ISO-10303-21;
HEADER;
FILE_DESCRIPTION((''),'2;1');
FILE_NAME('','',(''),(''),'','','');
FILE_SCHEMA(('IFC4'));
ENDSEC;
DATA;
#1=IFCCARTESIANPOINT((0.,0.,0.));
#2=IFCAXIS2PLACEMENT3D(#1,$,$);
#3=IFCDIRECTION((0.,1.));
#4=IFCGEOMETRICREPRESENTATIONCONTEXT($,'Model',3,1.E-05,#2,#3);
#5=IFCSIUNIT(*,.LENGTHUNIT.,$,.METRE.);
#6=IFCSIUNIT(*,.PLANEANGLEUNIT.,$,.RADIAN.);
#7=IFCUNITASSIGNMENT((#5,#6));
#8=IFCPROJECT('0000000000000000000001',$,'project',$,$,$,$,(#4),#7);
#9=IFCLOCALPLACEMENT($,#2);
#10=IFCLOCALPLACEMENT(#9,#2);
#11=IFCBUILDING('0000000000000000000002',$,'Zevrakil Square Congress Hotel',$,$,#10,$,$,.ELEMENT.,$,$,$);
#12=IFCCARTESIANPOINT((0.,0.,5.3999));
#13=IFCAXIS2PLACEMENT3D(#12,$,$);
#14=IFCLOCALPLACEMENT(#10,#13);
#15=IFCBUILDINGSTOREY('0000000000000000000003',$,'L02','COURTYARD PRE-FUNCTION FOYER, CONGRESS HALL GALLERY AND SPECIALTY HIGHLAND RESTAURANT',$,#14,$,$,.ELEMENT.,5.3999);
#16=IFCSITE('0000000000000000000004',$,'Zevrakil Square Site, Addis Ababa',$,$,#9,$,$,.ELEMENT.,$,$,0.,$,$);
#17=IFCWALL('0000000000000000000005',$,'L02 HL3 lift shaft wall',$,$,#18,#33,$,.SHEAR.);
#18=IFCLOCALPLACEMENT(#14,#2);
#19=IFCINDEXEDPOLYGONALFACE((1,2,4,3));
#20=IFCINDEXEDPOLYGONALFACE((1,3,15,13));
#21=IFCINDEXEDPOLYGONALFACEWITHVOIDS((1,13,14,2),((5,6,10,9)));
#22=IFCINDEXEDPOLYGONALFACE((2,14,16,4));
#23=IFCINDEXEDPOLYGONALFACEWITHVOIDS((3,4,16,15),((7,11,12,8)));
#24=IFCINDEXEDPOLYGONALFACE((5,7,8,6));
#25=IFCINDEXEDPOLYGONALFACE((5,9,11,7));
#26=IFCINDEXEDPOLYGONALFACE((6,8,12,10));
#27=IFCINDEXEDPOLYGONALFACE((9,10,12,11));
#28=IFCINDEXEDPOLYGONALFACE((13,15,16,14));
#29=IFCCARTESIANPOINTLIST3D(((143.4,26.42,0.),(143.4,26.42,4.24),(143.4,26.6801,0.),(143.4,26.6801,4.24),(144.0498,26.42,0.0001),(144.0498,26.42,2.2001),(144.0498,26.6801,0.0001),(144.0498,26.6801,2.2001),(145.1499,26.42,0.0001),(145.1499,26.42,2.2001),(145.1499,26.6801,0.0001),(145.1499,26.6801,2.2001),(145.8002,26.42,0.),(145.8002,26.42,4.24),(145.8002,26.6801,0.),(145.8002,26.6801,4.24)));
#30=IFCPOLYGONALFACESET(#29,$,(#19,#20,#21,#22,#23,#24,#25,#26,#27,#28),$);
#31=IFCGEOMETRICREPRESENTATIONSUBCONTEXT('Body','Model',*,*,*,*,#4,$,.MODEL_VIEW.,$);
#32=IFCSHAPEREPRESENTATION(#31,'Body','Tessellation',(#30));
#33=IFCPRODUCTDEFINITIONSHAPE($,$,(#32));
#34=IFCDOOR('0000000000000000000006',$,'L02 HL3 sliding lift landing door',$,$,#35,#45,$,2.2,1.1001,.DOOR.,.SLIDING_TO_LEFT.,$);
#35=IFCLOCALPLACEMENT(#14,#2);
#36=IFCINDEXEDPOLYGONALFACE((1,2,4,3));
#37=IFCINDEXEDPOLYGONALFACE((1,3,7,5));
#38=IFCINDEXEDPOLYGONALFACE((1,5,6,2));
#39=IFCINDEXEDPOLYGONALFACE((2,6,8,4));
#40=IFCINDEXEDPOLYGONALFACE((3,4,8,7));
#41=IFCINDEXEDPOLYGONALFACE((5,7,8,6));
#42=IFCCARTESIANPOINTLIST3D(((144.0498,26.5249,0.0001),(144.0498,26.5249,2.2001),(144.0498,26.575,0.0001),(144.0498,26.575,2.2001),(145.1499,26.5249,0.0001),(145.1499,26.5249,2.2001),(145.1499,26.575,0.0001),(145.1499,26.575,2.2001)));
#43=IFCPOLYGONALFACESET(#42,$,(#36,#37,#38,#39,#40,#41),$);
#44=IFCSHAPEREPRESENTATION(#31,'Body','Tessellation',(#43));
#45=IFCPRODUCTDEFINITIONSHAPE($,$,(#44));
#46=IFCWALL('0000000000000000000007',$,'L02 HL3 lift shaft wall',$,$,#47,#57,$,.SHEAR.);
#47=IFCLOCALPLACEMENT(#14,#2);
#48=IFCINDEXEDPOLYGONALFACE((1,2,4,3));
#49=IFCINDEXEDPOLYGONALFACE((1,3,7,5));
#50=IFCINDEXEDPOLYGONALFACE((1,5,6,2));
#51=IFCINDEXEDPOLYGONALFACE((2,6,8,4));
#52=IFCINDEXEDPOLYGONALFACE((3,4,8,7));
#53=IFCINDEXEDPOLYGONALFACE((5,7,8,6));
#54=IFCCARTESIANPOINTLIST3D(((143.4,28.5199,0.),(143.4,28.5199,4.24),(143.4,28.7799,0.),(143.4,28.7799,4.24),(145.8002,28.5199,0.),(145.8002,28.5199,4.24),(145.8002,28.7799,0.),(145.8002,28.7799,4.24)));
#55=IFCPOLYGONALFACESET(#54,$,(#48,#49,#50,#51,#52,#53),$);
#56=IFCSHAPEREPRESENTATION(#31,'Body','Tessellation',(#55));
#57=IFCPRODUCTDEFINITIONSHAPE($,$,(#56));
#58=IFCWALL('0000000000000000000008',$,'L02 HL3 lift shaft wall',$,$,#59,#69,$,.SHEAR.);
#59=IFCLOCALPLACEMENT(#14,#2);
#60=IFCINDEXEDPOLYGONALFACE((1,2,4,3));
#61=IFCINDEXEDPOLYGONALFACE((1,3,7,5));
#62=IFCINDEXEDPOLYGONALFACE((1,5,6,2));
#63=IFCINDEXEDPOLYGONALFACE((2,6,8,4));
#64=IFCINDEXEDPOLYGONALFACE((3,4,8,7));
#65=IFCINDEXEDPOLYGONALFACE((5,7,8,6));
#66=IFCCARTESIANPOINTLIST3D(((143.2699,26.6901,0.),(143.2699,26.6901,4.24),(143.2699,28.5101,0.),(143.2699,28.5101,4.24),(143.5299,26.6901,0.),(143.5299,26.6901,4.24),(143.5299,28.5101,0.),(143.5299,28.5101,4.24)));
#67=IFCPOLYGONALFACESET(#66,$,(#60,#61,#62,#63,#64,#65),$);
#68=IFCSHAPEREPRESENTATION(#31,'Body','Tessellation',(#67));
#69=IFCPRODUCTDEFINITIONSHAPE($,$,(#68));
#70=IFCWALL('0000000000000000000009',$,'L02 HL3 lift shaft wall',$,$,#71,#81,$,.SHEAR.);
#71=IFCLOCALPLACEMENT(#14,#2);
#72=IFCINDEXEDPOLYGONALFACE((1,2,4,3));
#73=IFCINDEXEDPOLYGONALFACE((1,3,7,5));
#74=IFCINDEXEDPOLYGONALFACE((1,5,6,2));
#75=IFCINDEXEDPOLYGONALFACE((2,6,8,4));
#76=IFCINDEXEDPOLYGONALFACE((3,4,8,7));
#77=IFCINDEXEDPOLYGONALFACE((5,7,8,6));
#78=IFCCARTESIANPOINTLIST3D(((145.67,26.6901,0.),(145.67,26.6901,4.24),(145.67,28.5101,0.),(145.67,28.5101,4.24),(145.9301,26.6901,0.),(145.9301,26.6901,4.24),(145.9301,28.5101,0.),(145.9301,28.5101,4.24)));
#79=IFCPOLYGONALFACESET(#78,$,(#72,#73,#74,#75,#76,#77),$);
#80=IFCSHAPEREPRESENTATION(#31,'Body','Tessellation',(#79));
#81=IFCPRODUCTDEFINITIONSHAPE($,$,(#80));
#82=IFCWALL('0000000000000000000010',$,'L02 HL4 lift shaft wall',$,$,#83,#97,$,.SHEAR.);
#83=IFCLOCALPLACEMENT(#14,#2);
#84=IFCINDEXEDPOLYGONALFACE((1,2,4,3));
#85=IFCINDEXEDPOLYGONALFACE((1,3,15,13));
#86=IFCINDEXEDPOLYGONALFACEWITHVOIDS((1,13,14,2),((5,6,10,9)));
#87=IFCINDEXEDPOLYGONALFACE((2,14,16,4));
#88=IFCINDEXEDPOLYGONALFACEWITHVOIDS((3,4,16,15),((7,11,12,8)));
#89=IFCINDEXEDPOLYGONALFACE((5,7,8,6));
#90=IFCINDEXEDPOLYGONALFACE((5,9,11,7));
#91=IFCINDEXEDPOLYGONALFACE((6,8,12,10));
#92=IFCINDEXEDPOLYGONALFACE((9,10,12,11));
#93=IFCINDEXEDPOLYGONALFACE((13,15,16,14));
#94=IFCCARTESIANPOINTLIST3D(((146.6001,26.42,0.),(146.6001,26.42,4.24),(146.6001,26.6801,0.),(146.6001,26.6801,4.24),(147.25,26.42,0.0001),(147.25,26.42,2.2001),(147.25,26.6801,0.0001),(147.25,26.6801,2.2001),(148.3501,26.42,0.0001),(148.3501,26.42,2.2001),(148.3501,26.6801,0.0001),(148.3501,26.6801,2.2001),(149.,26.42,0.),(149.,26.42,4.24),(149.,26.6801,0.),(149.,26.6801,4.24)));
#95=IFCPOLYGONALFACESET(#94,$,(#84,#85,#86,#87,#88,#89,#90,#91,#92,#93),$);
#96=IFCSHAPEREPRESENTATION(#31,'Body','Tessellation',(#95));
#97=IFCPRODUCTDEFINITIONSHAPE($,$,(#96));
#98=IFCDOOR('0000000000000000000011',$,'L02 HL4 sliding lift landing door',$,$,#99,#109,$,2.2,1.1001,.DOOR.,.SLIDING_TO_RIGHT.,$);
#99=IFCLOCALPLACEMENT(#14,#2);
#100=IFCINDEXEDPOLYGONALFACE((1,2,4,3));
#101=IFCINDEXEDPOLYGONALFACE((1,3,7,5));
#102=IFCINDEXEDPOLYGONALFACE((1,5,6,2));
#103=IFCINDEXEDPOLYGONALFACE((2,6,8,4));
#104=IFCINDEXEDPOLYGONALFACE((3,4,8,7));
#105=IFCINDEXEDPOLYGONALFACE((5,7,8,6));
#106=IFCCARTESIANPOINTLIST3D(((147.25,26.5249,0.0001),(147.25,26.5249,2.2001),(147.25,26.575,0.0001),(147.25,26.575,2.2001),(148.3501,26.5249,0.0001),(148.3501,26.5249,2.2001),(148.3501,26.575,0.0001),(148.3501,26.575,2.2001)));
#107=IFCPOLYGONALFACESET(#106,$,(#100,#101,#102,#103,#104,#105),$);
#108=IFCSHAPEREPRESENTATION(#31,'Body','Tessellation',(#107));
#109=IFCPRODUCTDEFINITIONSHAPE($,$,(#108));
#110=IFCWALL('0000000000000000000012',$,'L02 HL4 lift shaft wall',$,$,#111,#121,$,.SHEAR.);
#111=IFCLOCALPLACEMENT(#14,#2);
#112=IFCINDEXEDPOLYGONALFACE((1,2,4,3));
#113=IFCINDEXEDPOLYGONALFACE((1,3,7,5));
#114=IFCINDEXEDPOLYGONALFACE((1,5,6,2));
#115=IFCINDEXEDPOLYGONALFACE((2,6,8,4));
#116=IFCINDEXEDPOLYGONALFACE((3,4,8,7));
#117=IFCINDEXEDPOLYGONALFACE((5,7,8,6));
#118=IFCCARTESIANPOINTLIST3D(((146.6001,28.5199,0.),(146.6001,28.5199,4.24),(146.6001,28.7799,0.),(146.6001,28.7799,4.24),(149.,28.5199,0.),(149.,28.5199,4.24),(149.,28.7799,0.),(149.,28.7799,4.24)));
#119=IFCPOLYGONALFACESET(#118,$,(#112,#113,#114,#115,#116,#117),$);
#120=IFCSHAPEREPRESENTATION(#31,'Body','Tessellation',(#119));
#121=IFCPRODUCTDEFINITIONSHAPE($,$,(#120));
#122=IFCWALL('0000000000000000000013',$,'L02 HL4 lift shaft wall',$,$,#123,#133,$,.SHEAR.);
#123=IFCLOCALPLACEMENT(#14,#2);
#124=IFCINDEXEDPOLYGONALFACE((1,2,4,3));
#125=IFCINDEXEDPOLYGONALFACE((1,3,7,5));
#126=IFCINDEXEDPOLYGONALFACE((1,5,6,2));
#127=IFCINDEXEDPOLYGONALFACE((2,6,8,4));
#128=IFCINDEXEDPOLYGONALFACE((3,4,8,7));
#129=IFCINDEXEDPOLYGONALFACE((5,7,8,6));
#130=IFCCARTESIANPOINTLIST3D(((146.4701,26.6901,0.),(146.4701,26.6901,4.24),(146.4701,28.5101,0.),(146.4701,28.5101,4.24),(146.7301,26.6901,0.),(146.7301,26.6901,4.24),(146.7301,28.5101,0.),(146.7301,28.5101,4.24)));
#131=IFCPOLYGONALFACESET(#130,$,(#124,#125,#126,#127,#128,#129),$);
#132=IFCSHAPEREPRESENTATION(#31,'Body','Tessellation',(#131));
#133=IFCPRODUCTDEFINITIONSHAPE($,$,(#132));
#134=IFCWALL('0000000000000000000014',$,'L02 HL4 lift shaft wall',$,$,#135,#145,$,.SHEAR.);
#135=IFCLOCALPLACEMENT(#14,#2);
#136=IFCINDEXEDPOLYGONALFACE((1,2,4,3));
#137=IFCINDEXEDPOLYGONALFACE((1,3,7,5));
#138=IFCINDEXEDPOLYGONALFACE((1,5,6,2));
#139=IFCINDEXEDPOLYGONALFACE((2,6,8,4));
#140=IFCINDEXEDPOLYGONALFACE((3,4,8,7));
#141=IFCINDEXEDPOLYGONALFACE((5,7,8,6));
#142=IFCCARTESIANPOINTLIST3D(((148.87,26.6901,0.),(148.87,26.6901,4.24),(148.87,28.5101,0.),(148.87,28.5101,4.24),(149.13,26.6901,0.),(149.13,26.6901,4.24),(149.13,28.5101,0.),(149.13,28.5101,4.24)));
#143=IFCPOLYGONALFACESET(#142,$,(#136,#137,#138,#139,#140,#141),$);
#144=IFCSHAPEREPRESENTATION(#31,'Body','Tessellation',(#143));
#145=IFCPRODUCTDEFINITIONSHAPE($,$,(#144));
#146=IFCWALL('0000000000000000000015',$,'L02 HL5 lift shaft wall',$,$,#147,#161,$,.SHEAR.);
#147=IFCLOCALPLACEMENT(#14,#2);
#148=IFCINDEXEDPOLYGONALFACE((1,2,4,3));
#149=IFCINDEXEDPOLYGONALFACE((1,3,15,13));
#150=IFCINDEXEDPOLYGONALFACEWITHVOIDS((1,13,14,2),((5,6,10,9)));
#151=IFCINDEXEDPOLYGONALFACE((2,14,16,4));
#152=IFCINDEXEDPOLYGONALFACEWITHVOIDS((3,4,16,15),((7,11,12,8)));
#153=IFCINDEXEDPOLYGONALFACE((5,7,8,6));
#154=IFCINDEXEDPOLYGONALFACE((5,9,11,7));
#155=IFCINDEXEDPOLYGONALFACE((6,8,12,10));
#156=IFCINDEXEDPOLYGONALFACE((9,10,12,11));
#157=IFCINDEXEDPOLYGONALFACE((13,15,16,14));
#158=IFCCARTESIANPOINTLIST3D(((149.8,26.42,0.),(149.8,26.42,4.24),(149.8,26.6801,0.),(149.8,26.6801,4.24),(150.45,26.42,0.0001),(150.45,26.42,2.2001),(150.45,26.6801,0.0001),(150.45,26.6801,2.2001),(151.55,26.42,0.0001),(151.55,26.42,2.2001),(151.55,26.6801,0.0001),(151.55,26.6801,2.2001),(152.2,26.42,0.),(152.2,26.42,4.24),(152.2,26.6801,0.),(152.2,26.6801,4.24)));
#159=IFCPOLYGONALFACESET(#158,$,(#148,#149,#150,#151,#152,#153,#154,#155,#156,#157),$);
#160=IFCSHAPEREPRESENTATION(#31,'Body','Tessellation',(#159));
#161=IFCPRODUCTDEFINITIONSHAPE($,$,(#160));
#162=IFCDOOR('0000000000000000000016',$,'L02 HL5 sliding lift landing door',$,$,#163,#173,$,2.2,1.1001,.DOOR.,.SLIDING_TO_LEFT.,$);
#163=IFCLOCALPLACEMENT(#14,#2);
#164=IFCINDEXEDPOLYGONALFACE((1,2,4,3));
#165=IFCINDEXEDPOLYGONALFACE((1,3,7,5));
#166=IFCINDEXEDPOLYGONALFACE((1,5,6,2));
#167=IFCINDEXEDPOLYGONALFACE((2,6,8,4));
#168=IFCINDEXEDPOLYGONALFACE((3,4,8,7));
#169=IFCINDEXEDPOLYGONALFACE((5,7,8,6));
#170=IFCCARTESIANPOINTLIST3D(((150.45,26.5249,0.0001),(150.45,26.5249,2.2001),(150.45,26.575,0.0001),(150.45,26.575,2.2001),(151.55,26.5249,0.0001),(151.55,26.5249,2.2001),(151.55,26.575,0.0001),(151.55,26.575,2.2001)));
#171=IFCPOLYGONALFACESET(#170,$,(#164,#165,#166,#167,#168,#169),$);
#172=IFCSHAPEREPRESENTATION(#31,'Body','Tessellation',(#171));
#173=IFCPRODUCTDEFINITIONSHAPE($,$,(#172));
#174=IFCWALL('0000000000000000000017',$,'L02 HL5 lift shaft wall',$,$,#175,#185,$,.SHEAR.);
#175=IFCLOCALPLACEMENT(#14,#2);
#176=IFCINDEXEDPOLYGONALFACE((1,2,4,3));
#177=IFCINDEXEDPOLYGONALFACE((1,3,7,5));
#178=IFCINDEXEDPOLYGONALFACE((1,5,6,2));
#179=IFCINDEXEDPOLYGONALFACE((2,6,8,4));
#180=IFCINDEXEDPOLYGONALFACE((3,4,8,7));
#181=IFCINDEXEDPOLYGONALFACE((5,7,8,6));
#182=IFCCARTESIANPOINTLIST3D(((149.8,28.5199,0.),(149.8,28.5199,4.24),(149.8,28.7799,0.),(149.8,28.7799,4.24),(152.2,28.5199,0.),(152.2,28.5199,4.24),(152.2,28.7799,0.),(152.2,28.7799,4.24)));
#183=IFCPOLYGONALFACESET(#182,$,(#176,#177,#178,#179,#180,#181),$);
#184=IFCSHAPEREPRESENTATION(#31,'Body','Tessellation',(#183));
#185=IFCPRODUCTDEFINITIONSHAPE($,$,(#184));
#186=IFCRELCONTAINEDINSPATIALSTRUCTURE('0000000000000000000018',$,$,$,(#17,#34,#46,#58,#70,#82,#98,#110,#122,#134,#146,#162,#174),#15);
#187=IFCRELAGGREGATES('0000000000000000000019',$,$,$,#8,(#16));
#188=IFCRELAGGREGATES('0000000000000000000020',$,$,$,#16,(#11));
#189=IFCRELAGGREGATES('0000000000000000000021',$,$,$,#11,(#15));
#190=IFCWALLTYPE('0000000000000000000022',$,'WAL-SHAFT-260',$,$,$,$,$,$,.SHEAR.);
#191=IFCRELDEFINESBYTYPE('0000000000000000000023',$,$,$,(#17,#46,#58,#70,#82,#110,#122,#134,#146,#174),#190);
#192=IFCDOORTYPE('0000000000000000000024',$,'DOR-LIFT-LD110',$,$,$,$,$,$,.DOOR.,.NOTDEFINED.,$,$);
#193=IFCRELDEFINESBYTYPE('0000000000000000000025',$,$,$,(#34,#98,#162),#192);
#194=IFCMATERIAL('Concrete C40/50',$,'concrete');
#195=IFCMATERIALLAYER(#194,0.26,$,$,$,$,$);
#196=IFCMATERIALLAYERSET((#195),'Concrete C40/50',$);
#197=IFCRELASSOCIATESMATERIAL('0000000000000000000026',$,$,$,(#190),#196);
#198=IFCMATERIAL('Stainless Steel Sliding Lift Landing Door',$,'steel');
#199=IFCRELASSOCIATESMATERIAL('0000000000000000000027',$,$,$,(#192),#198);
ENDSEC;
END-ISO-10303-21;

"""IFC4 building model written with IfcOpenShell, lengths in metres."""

from ifc_helpers import new_model, si_unit, direction, frame, frame_2d, origin, place, context, subcontext, project, spatial, rectangle, extrude, material, layer, layer_set, type_object, element, fill, save


model = new_model("IFC4")

# Units and contexts
model_context = context("Model", 3, precision=1e-05, world=origin(), true_north=direction((0.0, 1.0)))
body_context = subcontext(model_context, "Body", "Model", "MODEL_VIEW")
ifc_project = project(units=[si_unit("LENGTHUNIT", "METRE"), si_unit("PLANEANGLEUNIT", "RADIAN")], contexts=[model_context])

# Site, building, storey
site_placement = place(None, origin())
site = spatial("IfcSite", under=ifc_project, at=site_placement, Name="Zevrakil Square Site, Addis Ababa", CompositionType="ELEMENT", RefElevation=0.0)
building_placement = place(site_placement, origin())
building = spatial("IfcBuilding", under=site, at=building_placement, Name="Zevrakil Square Congress Hotel", CompositionType="ELEMENT")
storey_placement = place(building_placement, frame((0.0, 0.0, 5.3999)))
storey = spatial("IfcBuildingStorey", under=building, at=storey_placement, Name="L02", Description="COURTYARD PRE-FUNCTION FOYER, CONGRESS HALL GALLERY AND SPECIALTY HIGHLAND RESTAURANT", CompositionType="ELEMENT", Elevation=5.3999)

# Shared definitions
ifc_material_1 = material(Name="Concrete C40/50", Category="concrete")
ifc_layer = layer(ifc_material_1, 0.26)
ifc_layer_set = layer_set([ifc_layer], Name="Concrete C40/50")
wall_type = type_object("IfcWallType", Name="WAL-SHAFT-260", PredefinedType="SHEAR", material=ifc_layer_set)

# Wall, opening, door
wall_1_placement = place(storey_placement, frame((143.3999, 26.55, 0.0), z_axis=(0.0, 0.0, 1.0), x_axis=(1.0, 0.0, 0.0)))
wall_1 = element("IfcWall", 1, at=wall_1_placement, inside=storey, type_object=wall_type, Name="L02 HL3 lift shaft wall", PredefinedType="SHEAR", context=body_context, shape_type="SweptSolid", body=[
    extrude(rectangle(XDim=2.4001, YDim=0.26, at=frame_2d((1.2002, 0.0))), origin(), (0.0, 0.0, 1.0), 4.24),
])
opening_1_placement = place(wall_1_placement, frame((0.6499, 0.0, 0.0)))
opening_1 = element("IfcOpeningElement", 2, at=opening_1_placement, cuts=wall_1, PredefinedType="OPENING", context=body_context, shape_type="SweptSolid", body=[
    extrude(rectangle(XDim=1.1001, YDim=2.2, at=frame_2d((0.55, 1.1001))), frame((0.0, 0.1401, 0.0), z_axis=(0.0, -1.0, 0.0), x_axis=(1.0, 0.0, 0.0)), (0.0, 0.0, 1.0), 0.28),
])
ifc_material_2 = material(Name="Stainless Steel Sliding Lift Landing Door", Category="steel")
door_type_1 = type_object("IfcDoorType", Name="DOR-LIFT-LD110", OperationType="NOTDEFINED", PredefinedType="DOOR", material=ifc_material_2)
door_1_placement = place(opening_1_placement, origin())
door_1 = element("IfcDoor", 3, at=door_1_placement, inside=storey, type_object=door_type_1, Name="L02 HL3 sliding lift landing door", OperationType="SLIDING_TO_LEFT", OverallHeight=2.2, OverallWidth=1.1001, PredefinedType="DOOR", context=body_context, shape_type="SweptSolid", body=[
    extrude(rectangle(XDim=1.1001, YDim=2.2, at=frame_2d((0.55, 1.1001))), frame((0.0, 0.0249, 0.0), z_axis=(0.0, -1.0, 0.0), x_axis=(1.0, 0.0, 0.0)), (0.0, 0.0, 1.0), 0.05),
])
fill(opening_1, door_1)

# Walls
wall_2_placement = place(storey_placement, frame((143.3999, 28.6499, 0.0), z_axis=(0.0, 0.0, 1.0), x_axis=(1.0, 0.0, 0.0)))
element("IfcWall", 4, at=wall_2_placement, inside=storey, type_object=wall_type, Name="L02 HL3 lift shaft wall", PredefinedType="SHEAR", context=body_context, shape_type="SweptSolid", body=[
    extrude(rectangle(XDim=2.4001, YDim=0.26, at=frame_2d((1.2002, 0.0))), origin(), (0.0, 0.0, 1.0), 4.24),
])
for number, where, z_axis, x_axis, name in (
    (5, (143.3999, 26.6899, 0.0), (0.0, 0.0, 1.0), (0.0, 1.0, 0.0), "L02 HL3 lift shaft wall"),
    (6, (145.8, 26.6899, 0.0), (0.0, 0.0, 1.0), (0.0, 1.0, 0.0), "L02 HL3 lift shaft wall"),
):
    element("IfcWall", number, at=place(storey_placement, frame(where, z_axis=z_axis, x_axis=x_axis)), inside=storey, type_object=wall_type, Name=name, PredefinedType="SHEAR", context=body_context, shape_type="SweptSolid", body=[
        extrude(rectangle(XDim=1.8201, YDim=0.26, at=frame_2d((0.9102, 0.0))), origin(), (0.0, 0.0, 1.0), 4.24),
    ])

# Wall, opening, door
wall_3_placement = place(storey_placement, frame((146.6001, 26.55, 0.0), z_axis=(0.0, 0.0, 1.0), x_axis=(1.0, 0.0, 0.0)))
wall_3 = element("IfcWall", 7, at=wall_3_placement, inside=storey, type_object=wall_type, Name="L02 HL4 lift shaft wall", PredefinedType="SHEAR", context=body_context, shape_type="SweptSolid", body=[
    extrude(rectangle(XDim=2.3999, YDim=0.26, at=frame_2d((1.2, 0.0))), origin(), (0.0, 0.0, 1.0), 4.24),
])
opening_2_placement = place(wall_3_placement, frame((0.6499, 0.0, 0.0)))
opening_2 = element("IfcOpeningElement", 8, at=opening_2_placement, cuts=wall_3, PredefinedType="OPENING", context=body_context, shape_type="SweptSolid", body=[
    extrude(rectangle(XDim=1.1001, YDim=2.2, at=frame_2d((0.55, 1.1001))), frame((0.0, 0.1401, 0.0), z_axis=(0.0, -1.0, 0.0), x_axis=(1.0, 0.0, 0.0)), (0.0, 0.0, 1.0), 0.28),
])
door_2_placement = place(opening_2_placement, origin())
door_2 = element("IfcDoor", 9, at=door_2_placement, inside=storey, type_object=door_type_1, Name="L02 HL4 sliding lift landing door", OperationType="SLIDING_TO_RIGHT", OverallHeight=2.2, OverallWidth=1.1001, PredefinedType="DOOR", context=body_context, shape_type="SweptSolid", body=[
    extrude(rectangle(XDim=1.1001, YDim=2.2, at=frame_2d((0.55, 1.1001))), frame((0.0, 0.0249, 0.0), z_axis=(0.0, -1.0, 0.0), x_axis=(1.0, 0.0, 0.0)), (0.0, 0.0, 1.0), 0.05),
])
fill(opening_2, door_2)

# Walls
wall_4_placement = place(storey_placement, frame((146.6001, 28.6499, 0.0), z_axis=(0.0, 0.0, 1.0), x_axis=(1.0, 0.0, 0.0)))
element("IfcWall", 10, at=wall_4_placement, inside=storey, type_object=wall_type, Name="L02 HL4 lift shaft wall", PredefinedType="SHEAR", context=body_context, shape_type="SweptSolid", body=[
    extrude(rectangle(XDim=2.3999, YDim=0.26, at=frame_2d((1.2, 0.0))), origin(), (0.0, 0.0, 1.0), 4.24),
])
for number, where, z_axis, x_axis, name in (
    (11, (146.6001, 26.6899, 0.0), (0.0, 0.0, 1.0), (0.0, 1.0, 0.0), "L02 HL4 lift shaft wall"),
    (12, (149.0, 26.6899, 0.0), (0.0, 0.0, 1.0), (0.0, 1.0, 0.0), "L02 HL4 lift shaft wall"),
):
    element("IfcWall", number, at=place(storey_placement, frame(where, z_axis=z_axis, x_axis=x_axis)), inside=storey, type_object=wall_type, Name=name, PredefinedType="SHEAR", context=body_context, shape_type="SweptSolid", body=[
        extrude(rectangle(XDim=1.8201, YDim=0.26, at=frame_2d((0.9102, 0.0))), origin(), (0.0, 0.0, 1.0), 4.24),
    ])

# Wall, opening, door
wall_5_placement = place(storey_placement, frame((149.8, 26.55, 0.0), z_axis=(0.0, 0.0, 1.0), x_axis=(1.0, 0.0, 0.0)))
wall_5 = element("IfcWall", 13, at=wall_5_placement, inside=storey, type_object=wall_type, Name="L02 HL5 lift shaft wall", PredefinedType="SHEAR", context=body_context, shape_type="SweptSolid", body=[
    extrude(rectangle(XDim=2.3999, YDim=0.26, at=frame_2d((1.2, 0.0))), origin(), (0.0, 0.0, 1.0), 4.24),
])
opening_3_placement = place(wall_5_placement, frame((0.6499, 0.0, 0.0)))
opening_3 = element("IfcOpeningElement", 14, at=opening_3_placement, cuts=wall_5, PredefinedType="OPENING", context=body_context, shape_type="SweptSolid", body=[
    extrude(rectangle(XDim=1.1001, YDim=2.2, at=frame_2d((0.55, 1.1001))), frame((0.0, 0.1401, 0.0), z_axis=(0.0, -1.0, 0.0), x_axis=(1.0, 0.0, 0.0)), (0.0, 0.0, 1.0), 0.28),
])
door_3_placement = place(opening_3_placement, origin())
door_3 = element("IfcDoor", 15, at=door_3_placement, inside=storey, type_object=door_type_1, Name="L02 HL5 sliding lift landing door", OperationType="SLIDING_TO_LEFT", OverallHeight=2.2, OverallWidth=1.1001, PredefinedType="DOOR", context=body_context, shape_type="SweptSolid", body=[
    extrude(rectangle(XDim=1.1001, YDim=2.2, at=frame_2d((0.55, 1.1001))), frame((0.0, 0.0249, 0.0), z_axis=(0.0, -1.0, 0.0), x_axis=(1.0, 0.0, 0.0)), (0.0, 0.0, 1.0), 0.05),
])
fill(opening_3, door_3)

# Wall
wall_6_placement = place(storey_placement, frame((149.8, 28.6499, 0.0), z_axis=(0.0, 0.0, 1.0), x_axis=(1.0, 0.0, 0.0)))
element("IfcWall", 16, at=wall_6_placement, inside=storey, type_object=wall_type, Name="L02 HL5 lift shaft wall", PredefinedType="SHEAR", context=body_context, shape_type="SweptSolid", body=[
    extrude(rectangle(XDim=2.3999, YDim=0.26, at=frame_2d((1.2, 0.0))), origin(), (0.0, 0.0, 1.0), 4.24),
])

save(model, "model.ifc")
